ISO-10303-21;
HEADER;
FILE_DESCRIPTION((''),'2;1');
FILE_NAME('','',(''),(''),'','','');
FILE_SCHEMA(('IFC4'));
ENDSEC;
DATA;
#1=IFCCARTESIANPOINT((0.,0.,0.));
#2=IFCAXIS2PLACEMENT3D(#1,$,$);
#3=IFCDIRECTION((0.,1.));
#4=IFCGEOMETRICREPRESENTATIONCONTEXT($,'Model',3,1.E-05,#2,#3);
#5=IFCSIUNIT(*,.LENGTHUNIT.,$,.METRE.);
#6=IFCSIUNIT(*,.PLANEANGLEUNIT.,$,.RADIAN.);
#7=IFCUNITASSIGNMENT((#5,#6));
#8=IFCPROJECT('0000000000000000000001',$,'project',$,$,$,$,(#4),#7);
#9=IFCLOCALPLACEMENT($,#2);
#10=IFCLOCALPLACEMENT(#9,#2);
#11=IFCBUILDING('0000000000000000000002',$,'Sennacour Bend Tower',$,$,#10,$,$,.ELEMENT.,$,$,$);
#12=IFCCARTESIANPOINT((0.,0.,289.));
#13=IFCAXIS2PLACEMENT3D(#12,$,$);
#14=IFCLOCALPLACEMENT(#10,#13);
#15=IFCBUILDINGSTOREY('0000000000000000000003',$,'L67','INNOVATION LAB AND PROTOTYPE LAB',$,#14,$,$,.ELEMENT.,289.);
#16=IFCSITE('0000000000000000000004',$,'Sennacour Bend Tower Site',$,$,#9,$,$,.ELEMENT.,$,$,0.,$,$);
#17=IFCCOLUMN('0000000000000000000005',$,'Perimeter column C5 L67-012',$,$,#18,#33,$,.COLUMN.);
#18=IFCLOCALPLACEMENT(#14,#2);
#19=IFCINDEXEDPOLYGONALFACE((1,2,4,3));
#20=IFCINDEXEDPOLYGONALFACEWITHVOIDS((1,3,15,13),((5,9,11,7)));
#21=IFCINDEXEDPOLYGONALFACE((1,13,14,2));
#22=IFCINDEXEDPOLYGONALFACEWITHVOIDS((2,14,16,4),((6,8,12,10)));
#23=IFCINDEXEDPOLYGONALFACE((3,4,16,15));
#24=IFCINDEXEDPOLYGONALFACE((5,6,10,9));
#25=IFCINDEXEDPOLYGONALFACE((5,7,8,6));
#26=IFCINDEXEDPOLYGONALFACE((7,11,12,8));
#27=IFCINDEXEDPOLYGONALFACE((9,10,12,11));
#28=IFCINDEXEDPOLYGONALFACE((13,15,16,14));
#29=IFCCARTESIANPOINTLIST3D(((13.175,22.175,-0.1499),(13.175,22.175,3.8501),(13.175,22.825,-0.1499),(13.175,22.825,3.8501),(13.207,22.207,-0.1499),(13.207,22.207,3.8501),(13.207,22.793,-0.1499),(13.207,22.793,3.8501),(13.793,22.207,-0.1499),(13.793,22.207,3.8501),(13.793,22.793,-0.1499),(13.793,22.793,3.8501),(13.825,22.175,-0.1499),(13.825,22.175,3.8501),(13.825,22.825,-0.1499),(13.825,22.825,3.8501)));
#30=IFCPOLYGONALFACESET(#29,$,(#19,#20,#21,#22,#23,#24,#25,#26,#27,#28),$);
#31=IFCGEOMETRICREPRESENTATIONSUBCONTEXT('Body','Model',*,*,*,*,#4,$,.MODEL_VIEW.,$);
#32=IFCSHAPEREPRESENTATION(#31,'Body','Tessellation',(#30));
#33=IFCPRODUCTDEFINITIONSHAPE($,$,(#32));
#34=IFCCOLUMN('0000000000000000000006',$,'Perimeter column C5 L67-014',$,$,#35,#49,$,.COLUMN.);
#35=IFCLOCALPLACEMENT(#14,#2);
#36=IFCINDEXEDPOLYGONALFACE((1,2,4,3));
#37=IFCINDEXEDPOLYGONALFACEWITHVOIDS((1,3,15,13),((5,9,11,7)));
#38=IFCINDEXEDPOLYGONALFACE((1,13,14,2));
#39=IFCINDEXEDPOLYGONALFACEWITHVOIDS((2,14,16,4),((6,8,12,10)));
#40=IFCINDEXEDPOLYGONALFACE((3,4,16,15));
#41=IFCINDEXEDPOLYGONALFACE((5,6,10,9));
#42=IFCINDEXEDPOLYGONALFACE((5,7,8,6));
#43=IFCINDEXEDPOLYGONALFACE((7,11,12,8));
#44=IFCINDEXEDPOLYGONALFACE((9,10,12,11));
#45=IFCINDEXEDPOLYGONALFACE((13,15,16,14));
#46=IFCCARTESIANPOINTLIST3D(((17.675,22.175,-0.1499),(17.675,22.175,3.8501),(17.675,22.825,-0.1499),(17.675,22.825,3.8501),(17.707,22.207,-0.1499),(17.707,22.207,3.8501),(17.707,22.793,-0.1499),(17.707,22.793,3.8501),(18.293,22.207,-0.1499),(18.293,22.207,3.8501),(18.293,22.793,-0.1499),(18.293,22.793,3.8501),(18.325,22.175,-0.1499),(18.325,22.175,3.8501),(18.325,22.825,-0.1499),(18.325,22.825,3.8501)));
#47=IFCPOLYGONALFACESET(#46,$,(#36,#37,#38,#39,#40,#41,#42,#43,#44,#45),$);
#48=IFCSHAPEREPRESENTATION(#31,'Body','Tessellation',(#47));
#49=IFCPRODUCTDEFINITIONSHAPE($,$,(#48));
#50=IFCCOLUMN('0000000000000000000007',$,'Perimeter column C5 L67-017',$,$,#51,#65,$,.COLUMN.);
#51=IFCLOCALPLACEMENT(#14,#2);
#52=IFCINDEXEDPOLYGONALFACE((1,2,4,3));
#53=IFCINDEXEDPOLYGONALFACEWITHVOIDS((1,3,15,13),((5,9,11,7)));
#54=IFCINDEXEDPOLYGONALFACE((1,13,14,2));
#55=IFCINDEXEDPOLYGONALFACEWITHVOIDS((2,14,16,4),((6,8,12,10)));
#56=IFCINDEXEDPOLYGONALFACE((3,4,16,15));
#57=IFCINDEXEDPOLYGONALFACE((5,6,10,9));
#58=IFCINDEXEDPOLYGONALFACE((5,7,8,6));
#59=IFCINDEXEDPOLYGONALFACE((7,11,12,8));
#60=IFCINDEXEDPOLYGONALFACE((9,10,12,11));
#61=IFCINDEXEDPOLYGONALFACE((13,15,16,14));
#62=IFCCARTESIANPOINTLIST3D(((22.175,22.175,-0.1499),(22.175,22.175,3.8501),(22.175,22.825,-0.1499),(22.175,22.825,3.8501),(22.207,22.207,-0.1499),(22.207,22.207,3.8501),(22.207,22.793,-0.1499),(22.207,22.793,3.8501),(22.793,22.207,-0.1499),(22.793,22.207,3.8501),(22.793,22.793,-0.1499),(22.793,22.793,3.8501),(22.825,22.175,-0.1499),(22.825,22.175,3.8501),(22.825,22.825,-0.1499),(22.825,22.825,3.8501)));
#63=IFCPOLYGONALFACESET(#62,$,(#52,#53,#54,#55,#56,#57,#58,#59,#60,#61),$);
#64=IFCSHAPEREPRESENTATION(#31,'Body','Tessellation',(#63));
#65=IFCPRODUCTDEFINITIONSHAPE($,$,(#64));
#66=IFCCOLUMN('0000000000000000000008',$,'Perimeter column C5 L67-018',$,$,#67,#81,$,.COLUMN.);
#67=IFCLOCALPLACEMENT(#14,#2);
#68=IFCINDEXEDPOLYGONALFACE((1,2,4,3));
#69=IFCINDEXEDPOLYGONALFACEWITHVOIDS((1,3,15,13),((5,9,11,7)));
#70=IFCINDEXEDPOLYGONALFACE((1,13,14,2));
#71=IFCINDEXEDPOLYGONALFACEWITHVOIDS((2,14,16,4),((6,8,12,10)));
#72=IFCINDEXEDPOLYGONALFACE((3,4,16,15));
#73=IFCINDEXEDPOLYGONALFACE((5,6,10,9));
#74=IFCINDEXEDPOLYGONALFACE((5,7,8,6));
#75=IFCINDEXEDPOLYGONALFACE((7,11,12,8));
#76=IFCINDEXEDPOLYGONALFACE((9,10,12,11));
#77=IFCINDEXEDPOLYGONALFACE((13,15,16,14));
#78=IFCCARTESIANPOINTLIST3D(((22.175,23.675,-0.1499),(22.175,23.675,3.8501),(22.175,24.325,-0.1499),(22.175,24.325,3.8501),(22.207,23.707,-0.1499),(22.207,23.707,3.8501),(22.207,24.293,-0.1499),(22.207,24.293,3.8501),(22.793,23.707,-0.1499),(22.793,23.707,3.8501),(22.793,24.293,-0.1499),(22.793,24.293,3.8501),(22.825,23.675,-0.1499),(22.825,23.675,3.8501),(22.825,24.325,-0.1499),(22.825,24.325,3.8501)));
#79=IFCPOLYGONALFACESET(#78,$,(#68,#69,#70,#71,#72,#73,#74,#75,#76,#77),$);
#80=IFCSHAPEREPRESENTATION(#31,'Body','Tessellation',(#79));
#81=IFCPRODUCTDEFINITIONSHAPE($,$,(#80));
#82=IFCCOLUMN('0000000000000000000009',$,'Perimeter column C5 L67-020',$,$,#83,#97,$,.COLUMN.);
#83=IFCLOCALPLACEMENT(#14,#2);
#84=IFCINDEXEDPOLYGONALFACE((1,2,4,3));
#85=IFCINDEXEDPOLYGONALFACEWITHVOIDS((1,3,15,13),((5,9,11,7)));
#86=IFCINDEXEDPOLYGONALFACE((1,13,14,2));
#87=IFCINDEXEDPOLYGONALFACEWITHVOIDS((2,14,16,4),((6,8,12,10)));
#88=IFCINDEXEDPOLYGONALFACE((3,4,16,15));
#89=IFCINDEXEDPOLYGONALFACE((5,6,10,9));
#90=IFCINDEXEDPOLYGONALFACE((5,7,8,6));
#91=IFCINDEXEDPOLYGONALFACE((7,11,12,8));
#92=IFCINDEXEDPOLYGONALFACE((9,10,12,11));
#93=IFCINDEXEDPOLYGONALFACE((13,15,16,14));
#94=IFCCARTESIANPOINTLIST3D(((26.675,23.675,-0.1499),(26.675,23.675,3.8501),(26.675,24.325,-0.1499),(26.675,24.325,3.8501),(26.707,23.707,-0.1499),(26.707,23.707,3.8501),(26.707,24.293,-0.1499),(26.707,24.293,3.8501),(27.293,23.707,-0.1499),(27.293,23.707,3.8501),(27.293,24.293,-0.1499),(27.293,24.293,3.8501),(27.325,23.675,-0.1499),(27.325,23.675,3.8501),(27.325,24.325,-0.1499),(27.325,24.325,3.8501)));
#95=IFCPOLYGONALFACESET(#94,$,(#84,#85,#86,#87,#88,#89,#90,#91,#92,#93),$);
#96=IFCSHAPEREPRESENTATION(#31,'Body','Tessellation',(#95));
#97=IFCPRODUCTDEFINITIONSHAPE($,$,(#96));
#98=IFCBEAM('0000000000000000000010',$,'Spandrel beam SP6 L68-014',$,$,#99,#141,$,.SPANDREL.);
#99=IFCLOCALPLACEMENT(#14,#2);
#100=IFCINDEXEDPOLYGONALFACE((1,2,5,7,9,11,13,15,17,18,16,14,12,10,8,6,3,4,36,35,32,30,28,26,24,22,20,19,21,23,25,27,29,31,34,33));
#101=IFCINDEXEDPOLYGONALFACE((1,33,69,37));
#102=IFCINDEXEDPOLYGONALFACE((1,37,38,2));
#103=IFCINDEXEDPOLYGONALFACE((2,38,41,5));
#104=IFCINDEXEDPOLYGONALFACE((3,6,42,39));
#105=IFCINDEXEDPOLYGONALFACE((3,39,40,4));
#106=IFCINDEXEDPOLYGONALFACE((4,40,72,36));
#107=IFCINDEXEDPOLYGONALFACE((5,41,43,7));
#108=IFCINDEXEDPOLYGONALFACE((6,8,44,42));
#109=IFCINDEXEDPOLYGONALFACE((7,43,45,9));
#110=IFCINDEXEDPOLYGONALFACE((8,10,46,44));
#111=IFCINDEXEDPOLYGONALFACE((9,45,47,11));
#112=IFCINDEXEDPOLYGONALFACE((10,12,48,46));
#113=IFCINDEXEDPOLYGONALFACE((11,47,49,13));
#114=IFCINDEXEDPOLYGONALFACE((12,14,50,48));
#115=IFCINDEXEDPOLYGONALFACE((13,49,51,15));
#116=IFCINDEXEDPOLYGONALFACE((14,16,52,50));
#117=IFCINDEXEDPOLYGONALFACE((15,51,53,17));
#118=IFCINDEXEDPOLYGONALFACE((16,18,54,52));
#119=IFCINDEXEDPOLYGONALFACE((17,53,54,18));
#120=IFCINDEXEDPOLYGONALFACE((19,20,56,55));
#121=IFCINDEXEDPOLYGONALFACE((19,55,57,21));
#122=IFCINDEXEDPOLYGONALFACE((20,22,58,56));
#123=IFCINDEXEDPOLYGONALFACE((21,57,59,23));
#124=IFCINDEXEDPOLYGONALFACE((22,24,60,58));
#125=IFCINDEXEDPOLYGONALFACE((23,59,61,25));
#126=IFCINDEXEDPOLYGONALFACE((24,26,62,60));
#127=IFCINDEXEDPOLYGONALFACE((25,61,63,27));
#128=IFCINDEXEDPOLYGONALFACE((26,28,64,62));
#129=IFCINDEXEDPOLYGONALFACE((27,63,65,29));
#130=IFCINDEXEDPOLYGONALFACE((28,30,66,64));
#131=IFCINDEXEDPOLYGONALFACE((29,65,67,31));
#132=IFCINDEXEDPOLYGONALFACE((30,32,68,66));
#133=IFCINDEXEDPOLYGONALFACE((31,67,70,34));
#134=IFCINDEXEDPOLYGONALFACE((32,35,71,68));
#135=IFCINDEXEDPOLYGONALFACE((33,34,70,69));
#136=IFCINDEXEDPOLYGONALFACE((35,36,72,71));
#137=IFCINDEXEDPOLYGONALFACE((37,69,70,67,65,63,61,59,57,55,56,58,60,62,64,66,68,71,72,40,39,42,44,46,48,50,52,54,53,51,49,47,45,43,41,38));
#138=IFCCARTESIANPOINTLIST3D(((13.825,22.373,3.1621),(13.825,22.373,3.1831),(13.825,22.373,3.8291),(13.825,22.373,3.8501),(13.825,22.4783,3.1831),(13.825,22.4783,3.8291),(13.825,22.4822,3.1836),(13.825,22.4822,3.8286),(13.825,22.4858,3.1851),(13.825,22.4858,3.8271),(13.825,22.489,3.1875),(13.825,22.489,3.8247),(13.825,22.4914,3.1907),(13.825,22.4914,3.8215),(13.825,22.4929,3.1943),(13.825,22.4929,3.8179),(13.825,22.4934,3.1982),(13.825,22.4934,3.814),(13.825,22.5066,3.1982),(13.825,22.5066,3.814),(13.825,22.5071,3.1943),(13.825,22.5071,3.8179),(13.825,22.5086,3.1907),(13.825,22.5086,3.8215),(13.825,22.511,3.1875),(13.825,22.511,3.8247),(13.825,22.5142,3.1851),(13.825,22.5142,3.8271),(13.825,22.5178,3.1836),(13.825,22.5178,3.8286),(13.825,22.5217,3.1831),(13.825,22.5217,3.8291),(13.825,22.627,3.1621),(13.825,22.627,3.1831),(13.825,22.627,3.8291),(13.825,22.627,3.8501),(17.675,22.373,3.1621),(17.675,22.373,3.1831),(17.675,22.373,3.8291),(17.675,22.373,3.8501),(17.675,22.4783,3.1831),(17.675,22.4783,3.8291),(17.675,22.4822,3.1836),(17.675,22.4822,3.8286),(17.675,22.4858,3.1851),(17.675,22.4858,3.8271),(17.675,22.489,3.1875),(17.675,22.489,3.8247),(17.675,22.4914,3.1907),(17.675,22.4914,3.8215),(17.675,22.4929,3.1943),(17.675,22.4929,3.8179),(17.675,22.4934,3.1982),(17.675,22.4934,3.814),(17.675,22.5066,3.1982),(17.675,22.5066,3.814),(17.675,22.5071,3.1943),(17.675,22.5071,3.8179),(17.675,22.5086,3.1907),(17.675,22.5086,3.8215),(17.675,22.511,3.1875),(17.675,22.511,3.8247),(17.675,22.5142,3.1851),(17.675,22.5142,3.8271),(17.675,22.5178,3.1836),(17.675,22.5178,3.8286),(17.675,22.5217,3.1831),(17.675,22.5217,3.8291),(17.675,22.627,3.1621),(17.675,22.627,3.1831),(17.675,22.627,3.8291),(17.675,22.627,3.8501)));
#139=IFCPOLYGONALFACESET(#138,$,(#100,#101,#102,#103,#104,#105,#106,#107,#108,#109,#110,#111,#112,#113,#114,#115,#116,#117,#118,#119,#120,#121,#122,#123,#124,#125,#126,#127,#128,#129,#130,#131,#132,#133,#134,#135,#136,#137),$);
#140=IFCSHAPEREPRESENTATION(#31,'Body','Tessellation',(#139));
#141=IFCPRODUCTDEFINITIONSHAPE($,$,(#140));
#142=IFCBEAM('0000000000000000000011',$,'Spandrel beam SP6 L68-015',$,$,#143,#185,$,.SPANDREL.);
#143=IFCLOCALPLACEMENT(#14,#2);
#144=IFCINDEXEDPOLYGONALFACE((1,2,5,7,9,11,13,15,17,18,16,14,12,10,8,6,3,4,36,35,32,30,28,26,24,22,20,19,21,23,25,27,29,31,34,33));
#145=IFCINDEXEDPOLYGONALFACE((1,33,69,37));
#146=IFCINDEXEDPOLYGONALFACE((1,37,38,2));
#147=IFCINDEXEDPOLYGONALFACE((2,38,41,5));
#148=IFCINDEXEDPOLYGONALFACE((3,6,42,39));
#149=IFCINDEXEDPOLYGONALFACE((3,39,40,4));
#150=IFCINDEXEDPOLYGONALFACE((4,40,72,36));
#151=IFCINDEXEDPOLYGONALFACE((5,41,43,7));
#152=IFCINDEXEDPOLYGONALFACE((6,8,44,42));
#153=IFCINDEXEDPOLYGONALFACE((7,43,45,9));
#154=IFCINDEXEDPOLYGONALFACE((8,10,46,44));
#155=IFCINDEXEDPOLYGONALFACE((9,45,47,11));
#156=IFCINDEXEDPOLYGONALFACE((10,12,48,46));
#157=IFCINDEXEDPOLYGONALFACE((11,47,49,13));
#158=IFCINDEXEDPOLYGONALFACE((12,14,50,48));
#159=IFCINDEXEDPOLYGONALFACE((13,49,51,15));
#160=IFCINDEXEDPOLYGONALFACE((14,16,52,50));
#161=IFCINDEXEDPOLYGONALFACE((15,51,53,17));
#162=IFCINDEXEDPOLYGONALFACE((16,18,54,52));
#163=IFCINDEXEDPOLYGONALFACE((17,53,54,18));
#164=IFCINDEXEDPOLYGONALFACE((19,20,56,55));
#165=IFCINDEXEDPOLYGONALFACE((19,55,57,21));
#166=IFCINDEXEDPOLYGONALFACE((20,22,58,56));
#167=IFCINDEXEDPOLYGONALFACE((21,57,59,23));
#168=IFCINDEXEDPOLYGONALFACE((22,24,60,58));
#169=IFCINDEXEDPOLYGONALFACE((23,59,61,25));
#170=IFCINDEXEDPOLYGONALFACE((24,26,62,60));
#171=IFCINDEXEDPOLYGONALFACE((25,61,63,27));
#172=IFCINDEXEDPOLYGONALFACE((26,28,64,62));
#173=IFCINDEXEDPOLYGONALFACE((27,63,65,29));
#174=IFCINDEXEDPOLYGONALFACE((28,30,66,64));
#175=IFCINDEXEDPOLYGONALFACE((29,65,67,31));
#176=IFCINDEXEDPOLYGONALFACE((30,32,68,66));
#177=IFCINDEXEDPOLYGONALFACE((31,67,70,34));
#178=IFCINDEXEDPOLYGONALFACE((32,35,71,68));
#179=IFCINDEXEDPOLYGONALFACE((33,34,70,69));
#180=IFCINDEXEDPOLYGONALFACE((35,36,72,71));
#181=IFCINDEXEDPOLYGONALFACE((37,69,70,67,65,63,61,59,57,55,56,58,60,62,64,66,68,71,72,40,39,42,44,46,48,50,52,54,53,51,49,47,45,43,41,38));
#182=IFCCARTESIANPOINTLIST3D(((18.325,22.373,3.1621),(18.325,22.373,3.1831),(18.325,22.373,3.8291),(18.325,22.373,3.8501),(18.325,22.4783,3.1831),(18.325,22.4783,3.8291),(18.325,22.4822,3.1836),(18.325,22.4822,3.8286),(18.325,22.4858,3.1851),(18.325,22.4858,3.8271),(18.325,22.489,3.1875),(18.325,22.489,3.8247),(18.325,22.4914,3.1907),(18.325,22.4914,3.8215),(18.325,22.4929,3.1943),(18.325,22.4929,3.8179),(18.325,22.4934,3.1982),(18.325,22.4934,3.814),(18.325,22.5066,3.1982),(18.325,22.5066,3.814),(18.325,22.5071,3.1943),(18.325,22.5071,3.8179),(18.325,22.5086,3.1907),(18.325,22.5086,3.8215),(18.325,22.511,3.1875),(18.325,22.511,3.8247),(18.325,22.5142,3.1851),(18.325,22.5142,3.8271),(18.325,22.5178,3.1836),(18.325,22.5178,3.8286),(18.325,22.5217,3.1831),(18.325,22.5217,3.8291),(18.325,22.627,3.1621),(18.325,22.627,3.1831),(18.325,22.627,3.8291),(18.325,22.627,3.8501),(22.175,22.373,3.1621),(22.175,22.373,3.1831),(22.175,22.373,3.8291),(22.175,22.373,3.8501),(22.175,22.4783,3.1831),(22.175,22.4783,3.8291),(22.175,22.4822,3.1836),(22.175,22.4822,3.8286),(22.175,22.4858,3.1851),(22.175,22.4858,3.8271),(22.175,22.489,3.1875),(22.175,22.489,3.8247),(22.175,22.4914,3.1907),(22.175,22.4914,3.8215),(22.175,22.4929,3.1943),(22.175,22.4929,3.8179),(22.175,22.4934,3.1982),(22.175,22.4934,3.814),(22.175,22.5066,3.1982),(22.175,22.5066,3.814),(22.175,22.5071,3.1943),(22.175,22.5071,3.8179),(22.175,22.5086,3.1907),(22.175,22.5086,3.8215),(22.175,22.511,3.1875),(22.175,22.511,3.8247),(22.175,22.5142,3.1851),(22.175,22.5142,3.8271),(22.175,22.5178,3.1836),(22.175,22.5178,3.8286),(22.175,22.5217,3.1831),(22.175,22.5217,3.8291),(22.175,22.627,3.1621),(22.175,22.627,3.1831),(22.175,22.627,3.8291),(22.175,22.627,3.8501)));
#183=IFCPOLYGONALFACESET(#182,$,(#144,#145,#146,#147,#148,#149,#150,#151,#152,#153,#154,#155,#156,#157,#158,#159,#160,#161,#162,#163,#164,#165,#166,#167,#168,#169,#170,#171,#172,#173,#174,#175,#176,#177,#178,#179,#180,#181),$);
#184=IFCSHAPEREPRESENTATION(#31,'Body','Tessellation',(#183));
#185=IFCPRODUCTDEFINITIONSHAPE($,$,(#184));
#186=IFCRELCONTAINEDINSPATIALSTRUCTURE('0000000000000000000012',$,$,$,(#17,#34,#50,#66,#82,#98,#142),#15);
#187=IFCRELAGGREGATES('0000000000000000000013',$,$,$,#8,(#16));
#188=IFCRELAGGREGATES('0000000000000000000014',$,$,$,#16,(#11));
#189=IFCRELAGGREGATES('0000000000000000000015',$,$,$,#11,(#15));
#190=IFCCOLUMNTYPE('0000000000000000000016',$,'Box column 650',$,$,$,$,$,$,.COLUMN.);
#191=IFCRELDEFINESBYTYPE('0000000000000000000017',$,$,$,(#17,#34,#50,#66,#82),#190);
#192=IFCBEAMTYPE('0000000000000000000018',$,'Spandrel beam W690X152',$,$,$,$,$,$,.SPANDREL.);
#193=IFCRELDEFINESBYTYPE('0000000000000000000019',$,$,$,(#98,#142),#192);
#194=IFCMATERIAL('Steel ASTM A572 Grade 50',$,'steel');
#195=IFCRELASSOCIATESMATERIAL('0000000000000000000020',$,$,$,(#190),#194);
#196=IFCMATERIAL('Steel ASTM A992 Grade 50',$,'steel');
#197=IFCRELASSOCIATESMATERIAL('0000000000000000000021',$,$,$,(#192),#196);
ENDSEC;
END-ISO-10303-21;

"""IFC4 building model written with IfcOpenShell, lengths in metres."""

from ifc_helpers import new_model, si_unit, direction, frame, origin, origin_2d, place, context, subcontext, project, spatial, hollow_rectangle, i_section, extrude, material, material_profile, profile_set, type_object, element, save


model = new_model("IFC4")

# Units and contexts
model_context = context("Model", 3, precision=1e-05, world=origin(), true_north=direction((0.0, 1.0)))
body_context = subcontext(model_context, "Body", "Model", "MODEL_VIEW")
ifc_project = project(units=[si_unit("LENGTHUNIT", "METRE"), si_unit("PLANEANGLEUNIT", "RADIAN")], contexts=[model_context])

# Site, building, storey
site_placement = place(None, origin())
site = spatial("IfcSite", under=ifc_project, at=site_placement, Name="Sennacour Bend Tower Site", CompositionType="ELEMENT", RefElevation=0.0)
building_placement = place(site_placement, origin())
building = spatial("IfcBuilding", under=site, at=building_placement, Name="Sennacour Bend Tower", CompositionType="ELEMENT")
storey_placement = place(building_placement, frame((0.0, 0.0, 289.0)))
storey = spatial("IfcBuildingStorey", under=building, at=storey_placement, Name="L67", Description="INNOVATION LAB AND PROTOTYPE LAB", CompositionType="ELEMENT", Elevation=289.0)

# Columns
ifc_material_1 = material(Name="Steel ASTM A572 Grade 50", Category="steel")
ifc_material_profile_1 = material_profile(ifc_material_1, hollow_rectangle(XDim=0.6499, YDim=0.6499, WallThickness=0.032, at=origin_2d()), Name="Steel ASTM A572 Grade 50", Category="steel")
ifc_profile_set_1 = profile_set([ifc_material_profile_1], Name="Steel ASTM A572 Grade 50")
column_type = type_object("IfcColumnType", Name="Box column 650", PredefinedType="COLUMN", material=ifc_profile_set_1)
for number, where, z_axis, x_axis, name in (
    (1, (13.5, 22.5, -0.1499), (0.0, 0.0, 1.0), (1.0, 0.0, 0.0), "Perimeter column C5 L67-012"),
    (2, (18.0, 22.5, -0.1499), (0.0, 0.0, 1.0), (1.0, 0.0, 0.0), "Perimeter column C5 L67-014"),
    (3, (22.5, 22.5, -0.1499), (0.0, 0.0, 1.0), (1.0, 0.0, 0.0), "Perimeter column C5 L67-017"),
    (4, (22.5, 24.0, -0.1499), (0.0, 0.0, 1.0), (1.0, 0.0, 0.0), "Perimeter column C5 L67-018"),
    (5, (27.0, 24.0, -0.1499), (0.0, 0.0, 1.0), (1.0, 0.0, 0.0), "Perimeter column C5 L67-020"),
):
    element("IfcColumn", number, at=place(storey_placement, frame(where, z_axis=z_axis, x_axis=x_axis)), inside=storey, type_object=column_type, Name=name, PredefinedType="COLUMN", context=body_context, shape_type="SweptSolid", body=[
        extrude(hollow_rectangle(XDim=0.6499, YDim=0.6499, WallThickness=0.032, at=origin_2d()), origin(), (0.0, 0.0, 1.0), 4.0),
    ])

# Beams
ifc_material_2 = material(Name="Steel ASTM A992 Grade 50", Category="steel")
ifc_material_profile_2 = material_profile(ifc_material_2, i_section(OverallWidth=0.2539, OverallDepth=0.688, WebThickness=0.0132, FlangeThickness=0.021, FilletRadius=0.0151, at=origin_2d()), Name="Steel ASTM A992 Grade 50", Category="steel")
ifc_profile_set_2 = profile_set([ifc_material_profile_2], Name="Steel ASTM A992 Grade 50")
beam_type = type_object("IfcBeamType", Name="Spandrel beam W690X152", PredefinedType="SPANDREL", material=ifc_profile_set_2)
for number, where, z_axis, x_axis, name in (
    (6, (13.825, 22.5, 3.5061), (1.0, 0.0, 0.0), (0.0, 1.0, 0.0), "Spandrel beam SP6 L68-014"),
    (7, (18.325, 22.5, 3.5061), (1.0, 0.0, 0.0), (0.0, 1.0, 0.0), "Spandrel beam SP6 L68-015"),
):
    element("IfcBeam", number, at=place(storey_placement, frame(where, z_axis=z_axis, x_axis=x_axis)), inside=storey, type_object=beam_type, Name=name, PredefinedType="SPANDREL", context=body_context, shape_type="SweptSolid", body=[
        extrude(i_section(OverallWidth=0.2539, OverallDepth=0.688, WebThickness=0.0132, FlangeThickness=0.021, FilletRadius=0.0151, at=origin_2d()), origin(), (0.0, 0.0, 1.0), 3.8501),
    ])

save(model, "model.ifc")
